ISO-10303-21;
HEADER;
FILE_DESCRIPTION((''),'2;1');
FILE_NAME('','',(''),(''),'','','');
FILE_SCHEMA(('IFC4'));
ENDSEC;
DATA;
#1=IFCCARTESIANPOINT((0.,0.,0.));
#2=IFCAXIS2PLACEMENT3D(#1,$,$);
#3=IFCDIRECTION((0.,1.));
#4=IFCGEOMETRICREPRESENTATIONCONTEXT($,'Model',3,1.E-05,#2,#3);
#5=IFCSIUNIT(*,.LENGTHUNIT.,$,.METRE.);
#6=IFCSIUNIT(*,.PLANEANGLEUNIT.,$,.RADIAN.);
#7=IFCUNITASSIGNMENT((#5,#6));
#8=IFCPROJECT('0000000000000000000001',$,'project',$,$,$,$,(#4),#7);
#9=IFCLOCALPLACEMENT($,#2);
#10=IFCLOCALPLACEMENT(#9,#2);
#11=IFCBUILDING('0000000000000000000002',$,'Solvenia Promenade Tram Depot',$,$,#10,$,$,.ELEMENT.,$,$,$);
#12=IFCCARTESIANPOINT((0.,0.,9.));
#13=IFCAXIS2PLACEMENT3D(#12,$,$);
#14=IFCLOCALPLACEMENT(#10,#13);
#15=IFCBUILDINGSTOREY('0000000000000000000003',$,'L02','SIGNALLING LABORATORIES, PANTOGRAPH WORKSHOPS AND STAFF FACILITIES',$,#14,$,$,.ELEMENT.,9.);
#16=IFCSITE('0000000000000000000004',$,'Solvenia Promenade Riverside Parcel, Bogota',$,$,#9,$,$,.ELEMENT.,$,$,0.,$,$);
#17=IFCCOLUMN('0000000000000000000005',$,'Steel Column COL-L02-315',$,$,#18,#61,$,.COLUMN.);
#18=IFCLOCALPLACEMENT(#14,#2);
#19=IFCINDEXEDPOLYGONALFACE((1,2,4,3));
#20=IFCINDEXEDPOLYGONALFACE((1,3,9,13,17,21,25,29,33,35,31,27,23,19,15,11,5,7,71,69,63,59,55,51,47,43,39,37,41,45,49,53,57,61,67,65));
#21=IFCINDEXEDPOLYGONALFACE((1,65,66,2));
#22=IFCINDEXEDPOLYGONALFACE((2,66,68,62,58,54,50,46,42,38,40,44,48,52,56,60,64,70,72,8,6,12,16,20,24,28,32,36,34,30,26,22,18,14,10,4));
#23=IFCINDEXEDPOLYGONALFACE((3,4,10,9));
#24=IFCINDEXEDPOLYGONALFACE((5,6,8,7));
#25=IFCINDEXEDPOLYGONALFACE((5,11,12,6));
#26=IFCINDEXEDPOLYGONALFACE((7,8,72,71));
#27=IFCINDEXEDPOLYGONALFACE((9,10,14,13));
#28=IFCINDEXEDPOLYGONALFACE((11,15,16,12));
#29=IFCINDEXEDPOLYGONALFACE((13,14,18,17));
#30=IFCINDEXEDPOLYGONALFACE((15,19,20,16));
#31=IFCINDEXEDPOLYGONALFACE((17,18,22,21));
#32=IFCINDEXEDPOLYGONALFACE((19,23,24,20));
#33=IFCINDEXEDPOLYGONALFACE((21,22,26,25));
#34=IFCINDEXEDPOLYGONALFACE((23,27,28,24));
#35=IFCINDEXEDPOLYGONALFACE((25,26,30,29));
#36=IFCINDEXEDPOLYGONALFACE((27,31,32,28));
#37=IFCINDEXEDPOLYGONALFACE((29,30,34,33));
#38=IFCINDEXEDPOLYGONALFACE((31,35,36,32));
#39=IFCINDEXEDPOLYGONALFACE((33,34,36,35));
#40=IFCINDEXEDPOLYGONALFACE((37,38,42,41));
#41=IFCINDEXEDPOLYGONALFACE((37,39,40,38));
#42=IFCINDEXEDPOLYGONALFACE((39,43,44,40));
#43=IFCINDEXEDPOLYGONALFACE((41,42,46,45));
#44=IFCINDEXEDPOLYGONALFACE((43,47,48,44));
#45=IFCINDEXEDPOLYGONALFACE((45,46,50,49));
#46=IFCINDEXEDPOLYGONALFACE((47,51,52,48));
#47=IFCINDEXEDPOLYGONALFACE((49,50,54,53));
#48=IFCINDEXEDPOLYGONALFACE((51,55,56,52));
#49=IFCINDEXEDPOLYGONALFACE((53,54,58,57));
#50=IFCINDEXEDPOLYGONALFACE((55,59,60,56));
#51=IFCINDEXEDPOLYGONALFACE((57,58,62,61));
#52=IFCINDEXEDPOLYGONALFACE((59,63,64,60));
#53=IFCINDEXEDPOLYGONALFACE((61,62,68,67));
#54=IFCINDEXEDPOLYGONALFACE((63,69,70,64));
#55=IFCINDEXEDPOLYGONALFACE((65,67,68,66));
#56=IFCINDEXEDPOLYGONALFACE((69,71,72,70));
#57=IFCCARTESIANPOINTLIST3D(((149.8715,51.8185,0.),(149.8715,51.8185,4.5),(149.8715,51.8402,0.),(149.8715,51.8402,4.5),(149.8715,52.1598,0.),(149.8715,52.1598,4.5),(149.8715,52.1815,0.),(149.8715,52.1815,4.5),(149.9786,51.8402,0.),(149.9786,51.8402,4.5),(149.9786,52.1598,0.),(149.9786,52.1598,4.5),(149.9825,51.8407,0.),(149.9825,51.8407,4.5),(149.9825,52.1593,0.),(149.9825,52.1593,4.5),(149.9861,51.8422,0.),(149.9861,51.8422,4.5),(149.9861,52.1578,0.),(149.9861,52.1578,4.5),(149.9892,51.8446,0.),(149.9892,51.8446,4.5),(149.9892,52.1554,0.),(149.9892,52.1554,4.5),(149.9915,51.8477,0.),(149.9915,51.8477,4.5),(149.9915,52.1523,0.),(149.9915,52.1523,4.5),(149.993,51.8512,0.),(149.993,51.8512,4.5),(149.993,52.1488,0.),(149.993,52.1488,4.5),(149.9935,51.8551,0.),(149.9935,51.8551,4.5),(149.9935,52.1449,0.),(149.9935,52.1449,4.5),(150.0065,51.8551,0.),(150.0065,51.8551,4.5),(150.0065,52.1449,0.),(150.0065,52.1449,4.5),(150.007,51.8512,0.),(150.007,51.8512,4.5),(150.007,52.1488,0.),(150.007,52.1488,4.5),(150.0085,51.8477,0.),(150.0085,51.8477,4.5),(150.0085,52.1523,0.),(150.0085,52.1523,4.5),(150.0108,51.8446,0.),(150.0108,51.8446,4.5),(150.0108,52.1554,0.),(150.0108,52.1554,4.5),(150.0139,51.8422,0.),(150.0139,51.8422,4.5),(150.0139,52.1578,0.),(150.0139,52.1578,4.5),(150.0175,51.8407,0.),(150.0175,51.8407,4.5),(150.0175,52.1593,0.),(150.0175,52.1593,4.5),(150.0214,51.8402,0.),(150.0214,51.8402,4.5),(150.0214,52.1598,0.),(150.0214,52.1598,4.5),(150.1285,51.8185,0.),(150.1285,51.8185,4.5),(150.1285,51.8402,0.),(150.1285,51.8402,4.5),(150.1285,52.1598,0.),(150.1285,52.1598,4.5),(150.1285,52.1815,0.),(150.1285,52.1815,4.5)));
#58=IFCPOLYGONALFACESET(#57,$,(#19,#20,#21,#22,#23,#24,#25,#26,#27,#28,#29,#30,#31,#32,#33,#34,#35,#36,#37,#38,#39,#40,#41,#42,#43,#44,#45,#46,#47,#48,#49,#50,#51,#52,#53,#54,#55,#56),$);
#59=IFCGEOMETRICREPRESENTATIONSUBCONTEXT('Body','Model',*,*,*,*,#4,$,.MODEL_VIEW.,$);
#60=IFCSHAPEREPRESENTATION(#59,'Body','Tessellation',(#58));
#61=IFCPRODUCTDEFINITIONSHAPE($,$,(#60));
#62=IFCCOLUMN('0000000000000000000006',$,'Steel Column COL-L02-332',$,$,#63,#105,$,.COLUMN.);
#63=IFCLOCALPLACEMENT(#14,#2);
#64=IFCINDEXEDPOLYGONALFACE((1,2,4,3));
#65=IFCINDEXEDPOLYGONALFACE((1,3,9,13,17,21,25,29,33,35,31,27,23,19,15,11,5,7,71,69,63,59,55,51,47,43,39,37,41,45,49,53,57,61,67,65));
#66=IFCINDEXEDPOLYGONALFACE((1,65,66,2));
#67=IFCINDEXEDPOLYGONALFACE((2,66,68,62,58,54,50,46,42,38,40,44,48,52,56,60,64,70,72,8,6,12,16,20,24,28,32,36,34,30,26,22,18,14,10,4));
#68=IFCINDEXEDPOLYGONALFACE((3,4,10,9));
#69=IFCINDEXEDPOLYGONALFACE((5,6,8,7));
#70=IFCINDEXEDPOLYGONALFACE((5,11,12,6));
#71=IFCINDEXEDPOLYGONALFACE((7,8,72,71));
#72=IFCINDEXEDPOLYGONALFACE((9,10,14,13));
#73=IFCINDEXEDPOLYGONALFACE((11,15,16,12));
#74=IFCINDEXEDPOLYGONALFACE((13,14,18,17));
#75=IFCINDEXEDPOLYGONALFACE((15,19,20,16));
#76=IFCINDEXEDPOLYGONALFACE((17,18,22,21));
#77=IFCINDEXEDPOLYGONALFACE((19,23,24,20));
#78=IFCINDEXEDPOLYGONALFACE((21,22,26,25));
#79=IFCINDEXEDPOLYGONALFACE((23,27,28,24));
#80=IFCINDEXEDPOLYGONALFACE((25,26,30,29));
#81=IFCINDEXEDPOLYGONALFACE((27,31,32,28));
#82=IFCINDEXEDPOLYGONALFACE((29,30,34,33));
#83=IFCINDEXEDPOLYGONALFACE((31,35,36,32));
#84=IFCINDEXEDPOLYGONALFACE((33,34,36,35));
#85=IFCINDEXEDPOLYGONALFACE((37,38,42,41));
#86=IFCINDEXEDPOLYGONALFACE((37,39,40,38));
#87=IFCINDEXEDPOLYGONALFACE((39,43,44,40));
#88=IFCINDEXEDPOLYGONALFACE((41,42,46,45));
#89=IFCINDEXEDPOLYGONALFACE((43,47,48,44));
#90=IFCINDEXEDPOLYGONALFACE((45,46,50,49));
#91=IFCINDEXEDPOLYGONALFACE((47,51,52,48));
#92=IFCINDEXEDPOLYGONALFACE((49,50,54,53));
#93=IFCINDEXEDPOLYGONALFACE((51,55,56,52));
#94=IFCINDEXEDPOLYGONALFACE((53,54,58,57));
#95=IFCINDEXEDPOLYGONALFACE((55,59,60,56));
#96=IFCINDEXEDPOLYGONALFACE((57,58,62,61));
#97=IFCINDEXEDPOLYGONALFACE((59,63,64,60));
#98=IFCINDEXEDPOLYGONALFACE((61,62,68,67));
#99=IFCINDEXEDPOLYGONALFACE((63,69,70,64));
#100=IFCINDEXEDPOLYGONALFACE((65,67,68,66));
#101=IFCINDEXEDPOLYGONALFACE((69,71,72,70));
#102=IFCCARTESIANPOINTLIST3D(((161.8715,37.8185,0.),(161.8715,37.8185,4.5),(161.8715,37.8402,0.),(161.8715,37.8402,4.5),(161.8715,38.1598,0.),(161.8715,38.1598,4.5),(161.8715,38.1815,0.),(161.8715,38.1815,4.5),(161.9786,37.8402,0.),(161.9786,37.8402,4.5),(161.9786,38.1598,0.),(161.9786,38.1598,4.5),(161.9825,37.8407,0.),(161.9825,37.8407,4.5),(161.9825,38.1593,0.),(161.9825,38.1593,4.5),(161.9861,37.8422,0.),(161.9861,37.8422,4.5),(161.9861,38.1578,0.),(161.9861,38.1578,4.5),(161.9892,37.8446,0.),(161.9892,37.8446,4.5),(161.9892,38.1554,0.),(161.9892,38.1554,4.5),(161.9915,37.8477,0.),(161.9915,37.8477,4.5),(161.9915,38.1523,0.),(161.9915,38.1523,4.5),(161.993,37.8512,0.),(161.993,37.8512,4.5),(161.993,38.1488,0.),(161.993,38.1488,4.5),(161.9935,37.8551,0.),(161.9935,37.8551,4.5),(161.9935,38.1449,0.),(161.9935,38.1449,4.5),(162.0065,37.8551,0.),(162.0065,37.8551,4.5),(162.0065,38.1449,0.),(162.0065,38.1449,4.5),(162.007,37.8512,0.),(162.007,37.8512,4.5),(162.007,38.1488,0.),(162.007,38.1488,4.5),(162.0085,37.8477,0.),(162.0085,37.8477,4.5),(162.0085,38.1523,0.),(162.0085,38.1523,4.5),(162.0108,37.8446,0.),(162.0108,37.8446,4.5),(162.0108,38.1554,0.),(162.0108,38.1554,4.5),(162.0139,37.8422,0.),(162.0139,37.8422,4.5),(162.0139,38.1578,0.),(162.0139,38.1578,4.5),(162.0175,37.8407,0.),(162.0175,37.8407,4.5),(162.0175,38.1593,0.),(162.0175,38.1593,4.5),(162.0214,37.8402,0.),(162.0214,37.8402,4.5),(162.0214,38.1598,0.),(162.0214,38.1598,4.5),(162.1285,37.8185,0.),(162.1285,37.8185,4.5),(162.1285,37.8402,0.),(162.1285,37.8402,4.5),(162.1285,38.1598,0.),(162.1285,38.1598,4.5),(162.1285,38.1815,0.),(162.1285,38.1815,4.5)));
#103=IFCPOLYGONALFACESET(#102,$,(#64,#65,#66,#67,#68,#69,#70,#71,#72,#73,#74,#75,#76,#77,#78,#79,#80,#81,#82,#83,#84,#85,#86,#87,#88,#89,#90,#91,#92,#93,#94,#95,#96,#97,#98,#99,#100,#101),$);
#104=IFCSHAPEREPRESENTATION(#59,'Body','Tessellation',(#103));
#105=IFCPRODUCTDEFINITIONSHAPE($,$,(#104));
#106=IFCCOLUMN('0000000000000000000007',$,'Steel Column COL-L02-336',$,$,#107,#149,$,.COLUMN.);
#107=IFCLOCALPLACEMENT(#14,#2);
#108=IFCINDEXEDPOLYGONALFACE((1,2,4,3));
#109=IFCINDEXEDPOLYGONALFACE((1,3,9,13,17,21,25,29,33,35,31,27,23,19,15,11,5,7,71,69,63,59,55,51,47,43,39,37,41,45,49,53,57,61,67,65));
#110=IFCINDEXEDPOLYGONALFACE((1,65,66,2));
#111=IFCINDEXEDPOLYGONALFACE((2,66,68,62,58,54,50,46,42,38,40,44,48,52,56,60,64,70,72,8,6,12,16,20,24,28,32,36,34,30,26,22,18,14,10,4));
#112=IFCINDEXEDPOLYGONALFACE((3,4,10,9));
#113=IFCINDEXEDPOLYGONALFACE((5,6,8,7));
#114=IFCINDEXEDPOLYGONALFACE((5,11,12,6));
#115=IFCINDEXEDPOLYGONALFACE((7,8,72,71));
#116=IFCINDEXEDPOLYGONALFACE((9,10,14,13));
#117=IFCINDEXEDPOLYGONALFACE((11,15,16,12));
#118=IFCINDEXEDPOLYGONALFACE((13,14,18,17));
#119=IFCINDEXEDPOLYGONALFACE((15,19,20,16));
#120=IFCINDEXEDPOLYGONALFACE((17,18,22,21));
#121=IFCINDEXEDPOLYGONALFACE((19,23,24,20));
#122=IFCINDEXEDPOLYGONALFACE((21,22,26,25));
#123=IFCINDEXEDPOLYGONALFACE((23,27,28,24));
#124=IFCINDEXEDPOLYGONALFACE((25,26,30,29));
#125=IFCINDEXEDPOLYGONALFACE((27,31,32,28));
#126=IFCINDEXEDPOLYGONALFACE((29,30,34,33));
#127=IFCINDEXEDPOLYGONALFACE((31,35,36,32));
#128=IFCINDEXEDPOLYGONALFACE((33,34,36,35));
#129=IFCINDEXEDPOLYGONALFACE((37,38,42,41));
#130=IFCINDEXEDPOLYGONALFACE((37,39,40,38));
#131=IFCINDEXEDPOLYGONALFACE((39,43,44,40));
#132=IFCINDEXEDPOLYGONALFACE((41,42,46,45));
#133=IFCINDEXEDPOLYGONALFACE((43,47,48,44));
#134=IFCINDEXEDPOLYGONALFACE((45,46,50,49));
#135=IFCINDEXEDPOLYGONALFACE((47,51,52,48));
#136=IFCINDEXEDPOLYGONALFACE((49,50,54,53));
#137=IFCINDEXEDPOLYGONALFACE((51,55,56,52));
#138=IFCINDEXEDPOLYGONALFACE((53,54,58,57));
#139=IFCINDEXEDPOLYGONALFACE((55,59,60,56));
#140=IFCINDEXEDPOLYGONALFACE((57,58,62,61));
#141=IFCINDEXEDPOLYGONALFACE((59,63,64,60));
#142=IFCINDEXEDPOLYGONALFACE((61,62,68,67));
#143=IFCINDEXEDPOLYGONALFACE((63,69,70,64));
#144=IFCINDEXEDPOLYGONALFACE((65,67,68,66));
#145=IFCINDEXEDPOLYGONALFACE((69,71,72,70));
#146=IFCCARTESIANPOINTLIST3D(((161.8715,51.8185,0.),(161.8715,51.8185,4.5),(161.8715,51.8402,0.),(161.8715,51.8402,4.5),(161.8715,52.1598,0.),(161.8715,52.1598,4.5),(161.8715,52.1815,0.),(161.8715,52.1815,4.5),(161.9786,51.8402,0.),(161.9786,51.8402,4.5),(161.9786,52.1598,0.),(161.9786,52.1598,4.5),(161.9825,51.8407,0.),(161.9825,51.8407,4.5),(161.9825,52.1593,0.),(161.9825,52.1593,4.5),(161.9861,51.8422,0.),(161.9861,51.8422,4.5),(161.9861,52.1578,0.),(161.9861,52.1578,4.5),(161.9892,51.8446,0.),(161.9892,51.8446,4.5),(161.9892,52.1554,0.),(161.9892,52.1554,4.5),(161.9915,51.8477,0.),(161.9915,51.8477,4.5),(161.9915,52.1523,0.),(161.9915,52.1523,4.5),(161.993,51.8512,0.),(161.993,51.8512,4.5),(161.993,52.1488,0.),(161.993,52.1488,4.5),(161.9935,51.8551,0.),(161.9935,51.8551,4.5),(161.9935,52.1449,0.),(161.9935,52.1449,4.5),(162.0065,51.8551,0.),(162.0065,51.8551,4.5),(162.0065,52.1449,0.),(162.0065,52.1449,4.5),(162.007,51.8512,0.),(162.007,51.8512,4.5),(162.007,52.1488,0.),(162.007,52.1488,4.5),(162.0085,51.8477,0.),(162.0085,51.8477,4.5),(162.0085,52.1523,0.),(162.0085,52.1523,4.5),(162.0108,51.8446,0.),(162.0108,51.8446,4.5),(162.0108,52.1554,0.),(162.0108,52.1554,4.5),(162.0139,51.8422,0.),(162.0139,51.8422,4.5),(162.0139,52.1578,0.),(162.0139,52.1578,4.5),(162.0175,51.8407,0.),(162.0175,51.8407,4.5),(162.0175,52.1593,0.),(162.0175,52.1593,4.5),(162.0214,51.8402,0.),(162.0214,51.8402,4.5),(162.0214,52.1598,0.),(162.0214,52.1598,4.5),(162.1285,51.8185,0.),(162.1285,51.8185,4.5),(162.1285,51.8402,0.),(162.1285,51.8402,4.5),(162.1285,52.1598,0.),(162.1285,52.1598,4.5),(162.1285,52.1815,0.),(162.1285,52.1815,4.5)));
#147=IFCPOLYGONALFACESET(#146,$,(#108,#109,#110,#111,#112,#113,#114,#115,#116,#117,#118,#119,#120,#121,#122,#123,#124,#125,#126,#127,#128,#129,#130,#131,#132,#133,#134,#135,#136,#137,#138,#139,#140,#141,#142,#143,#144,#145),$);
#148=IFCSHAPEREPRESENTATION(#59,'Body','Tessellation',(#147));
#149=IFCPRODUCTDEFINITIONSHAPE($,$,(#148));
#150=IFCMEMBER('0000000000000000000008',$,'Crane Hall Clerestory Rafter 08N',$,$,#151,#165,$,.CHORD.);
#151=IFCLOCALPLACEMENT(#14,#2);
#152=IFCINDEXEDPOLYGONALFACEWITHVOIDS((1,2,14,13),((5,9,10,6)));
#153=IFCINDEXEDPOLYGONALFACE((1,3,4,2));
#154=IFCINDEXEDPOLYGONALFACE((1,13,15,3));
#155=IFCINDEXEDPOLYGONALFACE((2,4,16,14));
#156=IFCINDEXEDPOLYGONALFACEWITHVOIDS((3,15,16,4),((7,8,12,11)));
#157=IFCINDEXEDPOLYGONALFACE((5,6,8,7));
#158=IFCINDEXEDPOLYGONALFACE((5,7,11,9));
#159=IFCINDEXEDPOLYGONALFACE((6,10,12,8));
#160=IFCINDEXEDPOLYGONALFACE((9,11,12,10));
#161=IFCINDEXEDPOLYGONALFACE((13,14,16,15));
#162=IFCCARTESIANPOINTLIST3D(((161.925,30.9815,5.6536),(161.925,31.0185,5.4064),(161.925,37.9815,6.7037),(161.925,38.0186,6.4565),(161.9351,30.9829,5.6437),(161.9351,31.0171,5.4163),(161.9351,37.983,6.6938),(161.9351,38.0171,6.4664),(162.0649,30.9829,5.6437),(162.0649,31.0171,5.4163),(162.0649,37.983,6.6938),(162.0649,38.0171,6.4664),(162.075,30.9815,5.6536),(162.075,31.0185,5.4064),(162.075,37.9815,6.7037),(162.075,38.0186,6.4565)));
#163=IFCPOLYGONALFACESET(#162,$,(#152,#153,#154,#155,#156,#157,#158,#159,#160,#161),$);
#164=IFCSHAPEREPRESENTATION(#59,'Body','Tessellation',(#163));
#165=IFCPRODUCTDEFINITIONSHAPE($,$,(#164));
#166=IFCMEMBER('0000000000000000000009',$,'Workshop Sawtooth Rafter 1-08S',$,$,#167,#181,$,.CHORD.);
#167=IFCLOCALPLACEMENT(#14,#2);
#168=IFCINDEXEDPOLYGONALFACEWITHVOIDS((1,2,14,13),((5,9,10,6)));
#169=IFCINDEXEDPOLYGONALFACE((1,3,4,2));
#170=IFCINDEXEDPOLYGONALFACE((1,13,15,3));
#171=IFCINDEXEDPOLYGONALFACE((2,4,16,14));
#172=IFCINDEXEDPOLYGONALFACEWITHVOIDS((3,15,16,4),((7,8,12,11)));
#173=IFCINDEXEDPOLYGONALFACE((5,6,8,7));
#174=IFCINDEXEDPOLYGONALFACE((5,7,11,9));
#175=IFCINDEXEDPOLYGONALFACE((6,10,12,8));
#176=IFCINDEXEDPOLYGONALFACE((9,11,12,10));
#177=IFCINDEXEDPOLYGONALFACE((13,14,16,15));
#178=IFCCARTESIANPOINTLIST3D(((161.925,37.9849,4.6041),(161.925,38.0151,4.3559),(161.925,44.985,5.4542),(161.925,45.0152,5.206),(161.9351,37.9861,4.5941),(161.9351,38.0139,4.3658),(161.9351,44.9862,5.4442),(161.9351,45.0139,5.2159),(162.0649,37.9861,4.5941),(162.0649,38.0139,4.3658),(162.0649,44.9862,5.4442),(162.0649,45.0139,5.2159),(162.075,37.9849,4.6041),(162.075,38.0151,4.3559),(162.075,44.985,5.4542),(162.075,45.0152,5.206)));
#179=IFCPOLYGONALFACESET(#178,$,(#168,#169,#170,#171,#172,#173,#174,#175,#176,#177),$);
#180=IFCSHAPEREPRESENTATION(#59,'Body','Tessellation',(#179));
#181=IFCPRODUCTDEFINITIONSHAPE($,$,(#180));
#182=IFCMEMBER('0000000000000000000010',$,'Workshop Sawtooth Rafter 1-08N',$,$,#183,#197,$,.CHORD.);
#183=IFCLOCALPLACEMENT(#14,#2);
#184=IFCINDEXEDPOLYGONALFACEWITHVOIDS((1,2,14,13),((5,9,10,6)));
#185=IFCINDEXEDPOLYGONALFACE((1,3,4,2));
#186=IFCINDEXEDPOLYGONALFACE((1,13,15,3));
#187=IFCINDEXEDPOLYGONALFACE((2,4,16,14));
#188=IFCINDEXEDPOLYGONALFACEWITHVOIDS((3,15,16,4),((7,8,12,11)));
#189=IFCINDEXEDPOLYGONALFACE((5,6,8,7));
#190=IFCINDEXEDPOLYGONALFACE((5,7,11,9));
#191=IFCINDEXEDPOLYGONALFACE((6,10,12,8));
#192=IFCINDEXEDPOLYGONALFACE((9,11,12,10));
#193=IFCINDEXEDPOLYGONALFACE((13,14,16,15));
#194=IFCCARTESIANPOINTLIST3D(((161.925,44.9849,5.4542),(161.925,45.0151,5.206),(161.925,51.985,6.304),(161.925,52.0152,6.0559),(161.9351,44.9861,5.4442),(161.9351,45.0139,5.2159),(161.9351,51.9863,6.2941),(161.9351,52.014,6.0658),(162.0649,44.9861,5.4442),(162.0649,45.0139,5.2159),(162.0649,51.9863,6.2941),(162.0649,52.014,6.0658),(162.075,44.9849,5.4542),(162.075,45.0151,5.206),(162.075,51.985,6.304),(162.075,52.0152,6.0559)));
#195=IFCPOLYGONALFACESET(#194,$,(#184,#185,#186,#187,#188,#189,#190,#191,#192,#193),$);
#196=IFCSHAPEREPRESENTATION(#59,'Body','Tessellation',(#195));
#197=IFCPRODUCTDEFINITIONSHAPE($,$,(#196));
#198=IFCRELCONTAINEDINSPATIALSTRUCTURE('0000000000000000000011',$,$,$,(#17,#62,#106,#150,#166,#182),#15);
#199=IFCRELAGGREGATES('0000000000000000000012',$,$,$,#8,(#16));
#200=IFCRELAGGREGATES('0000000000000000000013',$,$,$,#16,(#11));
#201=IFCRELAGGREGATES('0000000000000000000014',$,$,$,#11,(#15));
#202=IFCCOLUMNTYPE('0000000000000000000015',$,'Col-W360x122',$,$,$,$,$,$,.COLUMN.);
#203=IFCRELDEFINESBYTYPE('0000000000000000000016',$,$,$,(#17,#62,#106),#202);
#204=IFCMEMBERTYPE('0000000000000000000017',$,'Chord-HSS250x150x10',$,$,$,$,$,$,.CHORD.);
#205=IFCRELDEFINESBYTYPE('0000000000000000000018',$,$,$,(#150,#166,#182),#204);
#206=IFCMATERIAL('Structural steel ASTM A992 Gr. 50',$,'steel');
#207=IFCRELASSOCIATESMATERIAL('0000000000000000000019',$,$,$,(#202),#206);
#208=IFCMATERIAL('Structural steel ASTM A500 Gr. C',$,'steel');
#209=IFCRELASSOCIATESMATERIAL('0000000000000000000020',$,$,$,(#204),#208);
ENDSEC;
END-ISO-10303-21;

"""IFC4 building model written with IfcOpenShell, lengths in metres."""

from ifc_helpers import new_model, si_unit, direction, frame, origin, origin_2d, place, context, subcontext, project, spatial, hollow_rectangle, i_section, extrude, material, material_profile, profile_set, type_object, element, save


model = new_model("IFC4")

# Units and contexts
model_context = context("Model", 3, precision=1e-05, world=origin(), true_north=direction((0.0, 1.0)))
body_context = subcontext(model_context, "Body", "Model", "MODEL_VIEW")
ifc_project = project(units=[si_unit("LENGTHUNIT", "METRE"), si_unit("PLANEANGLEUNIT", "RADIAN")], contexts=[model_context])

# Site, building, storey
site_placement = place(None, origin())
site = spatial("IfcSite", under=ifc_project, at=site_placement, Name="Solvenia Promenade Riverside Parcel, Bogota", CompositionType="ELEMENT", RefElevation=0.0)
building_placement = place(site_placement, origin())
building = spatial("IfcBuilding", under=site, at=building_placement, Name="Solvenia Promenade Tram Depot", CompositionType="ELEMENT")
storey_placement = place(building_placement, frame((0.0, 0.0, 9.0)))
storey = spatial("IfcBuildingStorey", under=building, at=storey_placement, Name="L02", Description="SIGNALLING LABORATORIES, PANTOGRAPH WORKSHOPS AND STAFF FACILITIES", CompositionType="ELEMENT", Elevation=9.0)

# Columns
ifc_material_1 = material(Name="Structural steel ASTM A992 Gr. 50", Category="steel")
ifc_material_profile_1 = material_profile(ifc_material_1, i_section(OverallWidth=0.2571, OverallDepth=0.363, WebThickness=0.0129, FlangeThickness=0.0217, FilletRadius=0.0149, at=origin_2d()), Name="W360x122", Category="steel")
ifc_profile_set_1 = profile_set([ifc_material_profile_1], Name="Structural steel ASTM A992 Gr. 50")
column_type = type_object("IfcColumnType", Name="Col-W360x122", PredefinedType="COLUMN", material=ifc_profile_set_1)
for number, where, z_axis, x_axis, name in (
    (1, (150.0, 52.0, 0.0), (0.0, 0.0, 1.0), (1.0, 0.0, 0.0), "Steel Column COL-L02-315"),
    (2, (162.0, 38.0, 0.0), (0.0, 0.0, 1.0), (1.0, 0.0, 0.0), "Steel Column COL-L02-332"),
    (3, (162.0, 52.0, 0.0), (0.0, 0.0, 1.0), (1.0, 0.0, 0.0), "Steel Column COL-L02-336"),
):
    element("IfcColumn", number, at=place(storey_placement, frame(where, z_axis=z_axis, x_axis=x_axis)), inside=storey, type_object=column_type, Name=name, PredefinedType="COLUMN", context=body_context, shape_type="SweptSolid", body=[
        extrude(i_section(OverallWidth=0.2571, OverallDepth=0.363, WebThickness=0.0129, FlangeThickness=0.0217, FilletRadius=0.0149, at=origin_2d()), origin(), (0.0, 0.0, 1.0), 4.5),
    ])

# Members
ifc_material_2 = material(Name="Structural steel ASTM A500 Gr. C", Category="steel")
ifc_material_profile_2 = material_profile(ifc_material_2, hollow_rectangle(XDim=0.1499, YDim=0.25, WallThickness=0.01, at=origin_2d()), Name="HSS250x150x10", Category="steel")
ifc_profile_set_2 = profile_set([ifc_material_profile_2], Name="Structural steel ASTM A500 Gr. C")
member_type_1 = type_object("IfcMemberType", Name="Chord-HSS250x150x10", PredefinedType="CHORD", material=ifc_profile_set_2)
member_1_placement = place(storey_placement, frame((162.0, 31.0, 5.53), z_axis=(0.0, 0.988935, 0.148347), x_axis=(-1.0, 0.0, 0.0)))
element("IfcMember", 4, at=member_1_placement, inside=storey, type_object=member_type_1, Name="Crane Hall Clerestory Rafter 08N", PredefinedType="CHORD", context=body_context, shape_type="SweptSolid", body=[
    extrude(hollow_rectangle(XDim=0.1499, YDim=0.25, WallThickness=0.01, at=origin_2d()), origin(), (0.0, 0.0, 1.0), 7.0784),
])
for number, where, z_axis, x_axis, name in (
    (5, (162.0, 38.0, 4.48), (0.0, 0.992706, 0.120557), (-1.0, 0.0, 0.0), "Workshop Sawtooth Rafter 1-08S"),
    (6, (162.0, 45.0, 5.3301), (0.0, 0.992711, 0.120523), (-1.0, 0.0, 0.0), "Workshop Sawtooth Rafter 1-08N"),
):
    element("IfcMember", number, at=place(storey_placement, frame(where, z_axis=z_axis, x_axis=x_axis)), inside=storey, type_object=member_type_1, Name=name, PredefinedType="CHORD", context=body_context, shape_type="SweptSolid", body=[
        extrude(hollow_rectangle(XDim=0.1499, YDim=0.25, WallThickness=0.01, at=origin_2d()), origin(), (0.0, 0.0, 1.0), 7.0515),
    ])

save(model, "model.ifc")
